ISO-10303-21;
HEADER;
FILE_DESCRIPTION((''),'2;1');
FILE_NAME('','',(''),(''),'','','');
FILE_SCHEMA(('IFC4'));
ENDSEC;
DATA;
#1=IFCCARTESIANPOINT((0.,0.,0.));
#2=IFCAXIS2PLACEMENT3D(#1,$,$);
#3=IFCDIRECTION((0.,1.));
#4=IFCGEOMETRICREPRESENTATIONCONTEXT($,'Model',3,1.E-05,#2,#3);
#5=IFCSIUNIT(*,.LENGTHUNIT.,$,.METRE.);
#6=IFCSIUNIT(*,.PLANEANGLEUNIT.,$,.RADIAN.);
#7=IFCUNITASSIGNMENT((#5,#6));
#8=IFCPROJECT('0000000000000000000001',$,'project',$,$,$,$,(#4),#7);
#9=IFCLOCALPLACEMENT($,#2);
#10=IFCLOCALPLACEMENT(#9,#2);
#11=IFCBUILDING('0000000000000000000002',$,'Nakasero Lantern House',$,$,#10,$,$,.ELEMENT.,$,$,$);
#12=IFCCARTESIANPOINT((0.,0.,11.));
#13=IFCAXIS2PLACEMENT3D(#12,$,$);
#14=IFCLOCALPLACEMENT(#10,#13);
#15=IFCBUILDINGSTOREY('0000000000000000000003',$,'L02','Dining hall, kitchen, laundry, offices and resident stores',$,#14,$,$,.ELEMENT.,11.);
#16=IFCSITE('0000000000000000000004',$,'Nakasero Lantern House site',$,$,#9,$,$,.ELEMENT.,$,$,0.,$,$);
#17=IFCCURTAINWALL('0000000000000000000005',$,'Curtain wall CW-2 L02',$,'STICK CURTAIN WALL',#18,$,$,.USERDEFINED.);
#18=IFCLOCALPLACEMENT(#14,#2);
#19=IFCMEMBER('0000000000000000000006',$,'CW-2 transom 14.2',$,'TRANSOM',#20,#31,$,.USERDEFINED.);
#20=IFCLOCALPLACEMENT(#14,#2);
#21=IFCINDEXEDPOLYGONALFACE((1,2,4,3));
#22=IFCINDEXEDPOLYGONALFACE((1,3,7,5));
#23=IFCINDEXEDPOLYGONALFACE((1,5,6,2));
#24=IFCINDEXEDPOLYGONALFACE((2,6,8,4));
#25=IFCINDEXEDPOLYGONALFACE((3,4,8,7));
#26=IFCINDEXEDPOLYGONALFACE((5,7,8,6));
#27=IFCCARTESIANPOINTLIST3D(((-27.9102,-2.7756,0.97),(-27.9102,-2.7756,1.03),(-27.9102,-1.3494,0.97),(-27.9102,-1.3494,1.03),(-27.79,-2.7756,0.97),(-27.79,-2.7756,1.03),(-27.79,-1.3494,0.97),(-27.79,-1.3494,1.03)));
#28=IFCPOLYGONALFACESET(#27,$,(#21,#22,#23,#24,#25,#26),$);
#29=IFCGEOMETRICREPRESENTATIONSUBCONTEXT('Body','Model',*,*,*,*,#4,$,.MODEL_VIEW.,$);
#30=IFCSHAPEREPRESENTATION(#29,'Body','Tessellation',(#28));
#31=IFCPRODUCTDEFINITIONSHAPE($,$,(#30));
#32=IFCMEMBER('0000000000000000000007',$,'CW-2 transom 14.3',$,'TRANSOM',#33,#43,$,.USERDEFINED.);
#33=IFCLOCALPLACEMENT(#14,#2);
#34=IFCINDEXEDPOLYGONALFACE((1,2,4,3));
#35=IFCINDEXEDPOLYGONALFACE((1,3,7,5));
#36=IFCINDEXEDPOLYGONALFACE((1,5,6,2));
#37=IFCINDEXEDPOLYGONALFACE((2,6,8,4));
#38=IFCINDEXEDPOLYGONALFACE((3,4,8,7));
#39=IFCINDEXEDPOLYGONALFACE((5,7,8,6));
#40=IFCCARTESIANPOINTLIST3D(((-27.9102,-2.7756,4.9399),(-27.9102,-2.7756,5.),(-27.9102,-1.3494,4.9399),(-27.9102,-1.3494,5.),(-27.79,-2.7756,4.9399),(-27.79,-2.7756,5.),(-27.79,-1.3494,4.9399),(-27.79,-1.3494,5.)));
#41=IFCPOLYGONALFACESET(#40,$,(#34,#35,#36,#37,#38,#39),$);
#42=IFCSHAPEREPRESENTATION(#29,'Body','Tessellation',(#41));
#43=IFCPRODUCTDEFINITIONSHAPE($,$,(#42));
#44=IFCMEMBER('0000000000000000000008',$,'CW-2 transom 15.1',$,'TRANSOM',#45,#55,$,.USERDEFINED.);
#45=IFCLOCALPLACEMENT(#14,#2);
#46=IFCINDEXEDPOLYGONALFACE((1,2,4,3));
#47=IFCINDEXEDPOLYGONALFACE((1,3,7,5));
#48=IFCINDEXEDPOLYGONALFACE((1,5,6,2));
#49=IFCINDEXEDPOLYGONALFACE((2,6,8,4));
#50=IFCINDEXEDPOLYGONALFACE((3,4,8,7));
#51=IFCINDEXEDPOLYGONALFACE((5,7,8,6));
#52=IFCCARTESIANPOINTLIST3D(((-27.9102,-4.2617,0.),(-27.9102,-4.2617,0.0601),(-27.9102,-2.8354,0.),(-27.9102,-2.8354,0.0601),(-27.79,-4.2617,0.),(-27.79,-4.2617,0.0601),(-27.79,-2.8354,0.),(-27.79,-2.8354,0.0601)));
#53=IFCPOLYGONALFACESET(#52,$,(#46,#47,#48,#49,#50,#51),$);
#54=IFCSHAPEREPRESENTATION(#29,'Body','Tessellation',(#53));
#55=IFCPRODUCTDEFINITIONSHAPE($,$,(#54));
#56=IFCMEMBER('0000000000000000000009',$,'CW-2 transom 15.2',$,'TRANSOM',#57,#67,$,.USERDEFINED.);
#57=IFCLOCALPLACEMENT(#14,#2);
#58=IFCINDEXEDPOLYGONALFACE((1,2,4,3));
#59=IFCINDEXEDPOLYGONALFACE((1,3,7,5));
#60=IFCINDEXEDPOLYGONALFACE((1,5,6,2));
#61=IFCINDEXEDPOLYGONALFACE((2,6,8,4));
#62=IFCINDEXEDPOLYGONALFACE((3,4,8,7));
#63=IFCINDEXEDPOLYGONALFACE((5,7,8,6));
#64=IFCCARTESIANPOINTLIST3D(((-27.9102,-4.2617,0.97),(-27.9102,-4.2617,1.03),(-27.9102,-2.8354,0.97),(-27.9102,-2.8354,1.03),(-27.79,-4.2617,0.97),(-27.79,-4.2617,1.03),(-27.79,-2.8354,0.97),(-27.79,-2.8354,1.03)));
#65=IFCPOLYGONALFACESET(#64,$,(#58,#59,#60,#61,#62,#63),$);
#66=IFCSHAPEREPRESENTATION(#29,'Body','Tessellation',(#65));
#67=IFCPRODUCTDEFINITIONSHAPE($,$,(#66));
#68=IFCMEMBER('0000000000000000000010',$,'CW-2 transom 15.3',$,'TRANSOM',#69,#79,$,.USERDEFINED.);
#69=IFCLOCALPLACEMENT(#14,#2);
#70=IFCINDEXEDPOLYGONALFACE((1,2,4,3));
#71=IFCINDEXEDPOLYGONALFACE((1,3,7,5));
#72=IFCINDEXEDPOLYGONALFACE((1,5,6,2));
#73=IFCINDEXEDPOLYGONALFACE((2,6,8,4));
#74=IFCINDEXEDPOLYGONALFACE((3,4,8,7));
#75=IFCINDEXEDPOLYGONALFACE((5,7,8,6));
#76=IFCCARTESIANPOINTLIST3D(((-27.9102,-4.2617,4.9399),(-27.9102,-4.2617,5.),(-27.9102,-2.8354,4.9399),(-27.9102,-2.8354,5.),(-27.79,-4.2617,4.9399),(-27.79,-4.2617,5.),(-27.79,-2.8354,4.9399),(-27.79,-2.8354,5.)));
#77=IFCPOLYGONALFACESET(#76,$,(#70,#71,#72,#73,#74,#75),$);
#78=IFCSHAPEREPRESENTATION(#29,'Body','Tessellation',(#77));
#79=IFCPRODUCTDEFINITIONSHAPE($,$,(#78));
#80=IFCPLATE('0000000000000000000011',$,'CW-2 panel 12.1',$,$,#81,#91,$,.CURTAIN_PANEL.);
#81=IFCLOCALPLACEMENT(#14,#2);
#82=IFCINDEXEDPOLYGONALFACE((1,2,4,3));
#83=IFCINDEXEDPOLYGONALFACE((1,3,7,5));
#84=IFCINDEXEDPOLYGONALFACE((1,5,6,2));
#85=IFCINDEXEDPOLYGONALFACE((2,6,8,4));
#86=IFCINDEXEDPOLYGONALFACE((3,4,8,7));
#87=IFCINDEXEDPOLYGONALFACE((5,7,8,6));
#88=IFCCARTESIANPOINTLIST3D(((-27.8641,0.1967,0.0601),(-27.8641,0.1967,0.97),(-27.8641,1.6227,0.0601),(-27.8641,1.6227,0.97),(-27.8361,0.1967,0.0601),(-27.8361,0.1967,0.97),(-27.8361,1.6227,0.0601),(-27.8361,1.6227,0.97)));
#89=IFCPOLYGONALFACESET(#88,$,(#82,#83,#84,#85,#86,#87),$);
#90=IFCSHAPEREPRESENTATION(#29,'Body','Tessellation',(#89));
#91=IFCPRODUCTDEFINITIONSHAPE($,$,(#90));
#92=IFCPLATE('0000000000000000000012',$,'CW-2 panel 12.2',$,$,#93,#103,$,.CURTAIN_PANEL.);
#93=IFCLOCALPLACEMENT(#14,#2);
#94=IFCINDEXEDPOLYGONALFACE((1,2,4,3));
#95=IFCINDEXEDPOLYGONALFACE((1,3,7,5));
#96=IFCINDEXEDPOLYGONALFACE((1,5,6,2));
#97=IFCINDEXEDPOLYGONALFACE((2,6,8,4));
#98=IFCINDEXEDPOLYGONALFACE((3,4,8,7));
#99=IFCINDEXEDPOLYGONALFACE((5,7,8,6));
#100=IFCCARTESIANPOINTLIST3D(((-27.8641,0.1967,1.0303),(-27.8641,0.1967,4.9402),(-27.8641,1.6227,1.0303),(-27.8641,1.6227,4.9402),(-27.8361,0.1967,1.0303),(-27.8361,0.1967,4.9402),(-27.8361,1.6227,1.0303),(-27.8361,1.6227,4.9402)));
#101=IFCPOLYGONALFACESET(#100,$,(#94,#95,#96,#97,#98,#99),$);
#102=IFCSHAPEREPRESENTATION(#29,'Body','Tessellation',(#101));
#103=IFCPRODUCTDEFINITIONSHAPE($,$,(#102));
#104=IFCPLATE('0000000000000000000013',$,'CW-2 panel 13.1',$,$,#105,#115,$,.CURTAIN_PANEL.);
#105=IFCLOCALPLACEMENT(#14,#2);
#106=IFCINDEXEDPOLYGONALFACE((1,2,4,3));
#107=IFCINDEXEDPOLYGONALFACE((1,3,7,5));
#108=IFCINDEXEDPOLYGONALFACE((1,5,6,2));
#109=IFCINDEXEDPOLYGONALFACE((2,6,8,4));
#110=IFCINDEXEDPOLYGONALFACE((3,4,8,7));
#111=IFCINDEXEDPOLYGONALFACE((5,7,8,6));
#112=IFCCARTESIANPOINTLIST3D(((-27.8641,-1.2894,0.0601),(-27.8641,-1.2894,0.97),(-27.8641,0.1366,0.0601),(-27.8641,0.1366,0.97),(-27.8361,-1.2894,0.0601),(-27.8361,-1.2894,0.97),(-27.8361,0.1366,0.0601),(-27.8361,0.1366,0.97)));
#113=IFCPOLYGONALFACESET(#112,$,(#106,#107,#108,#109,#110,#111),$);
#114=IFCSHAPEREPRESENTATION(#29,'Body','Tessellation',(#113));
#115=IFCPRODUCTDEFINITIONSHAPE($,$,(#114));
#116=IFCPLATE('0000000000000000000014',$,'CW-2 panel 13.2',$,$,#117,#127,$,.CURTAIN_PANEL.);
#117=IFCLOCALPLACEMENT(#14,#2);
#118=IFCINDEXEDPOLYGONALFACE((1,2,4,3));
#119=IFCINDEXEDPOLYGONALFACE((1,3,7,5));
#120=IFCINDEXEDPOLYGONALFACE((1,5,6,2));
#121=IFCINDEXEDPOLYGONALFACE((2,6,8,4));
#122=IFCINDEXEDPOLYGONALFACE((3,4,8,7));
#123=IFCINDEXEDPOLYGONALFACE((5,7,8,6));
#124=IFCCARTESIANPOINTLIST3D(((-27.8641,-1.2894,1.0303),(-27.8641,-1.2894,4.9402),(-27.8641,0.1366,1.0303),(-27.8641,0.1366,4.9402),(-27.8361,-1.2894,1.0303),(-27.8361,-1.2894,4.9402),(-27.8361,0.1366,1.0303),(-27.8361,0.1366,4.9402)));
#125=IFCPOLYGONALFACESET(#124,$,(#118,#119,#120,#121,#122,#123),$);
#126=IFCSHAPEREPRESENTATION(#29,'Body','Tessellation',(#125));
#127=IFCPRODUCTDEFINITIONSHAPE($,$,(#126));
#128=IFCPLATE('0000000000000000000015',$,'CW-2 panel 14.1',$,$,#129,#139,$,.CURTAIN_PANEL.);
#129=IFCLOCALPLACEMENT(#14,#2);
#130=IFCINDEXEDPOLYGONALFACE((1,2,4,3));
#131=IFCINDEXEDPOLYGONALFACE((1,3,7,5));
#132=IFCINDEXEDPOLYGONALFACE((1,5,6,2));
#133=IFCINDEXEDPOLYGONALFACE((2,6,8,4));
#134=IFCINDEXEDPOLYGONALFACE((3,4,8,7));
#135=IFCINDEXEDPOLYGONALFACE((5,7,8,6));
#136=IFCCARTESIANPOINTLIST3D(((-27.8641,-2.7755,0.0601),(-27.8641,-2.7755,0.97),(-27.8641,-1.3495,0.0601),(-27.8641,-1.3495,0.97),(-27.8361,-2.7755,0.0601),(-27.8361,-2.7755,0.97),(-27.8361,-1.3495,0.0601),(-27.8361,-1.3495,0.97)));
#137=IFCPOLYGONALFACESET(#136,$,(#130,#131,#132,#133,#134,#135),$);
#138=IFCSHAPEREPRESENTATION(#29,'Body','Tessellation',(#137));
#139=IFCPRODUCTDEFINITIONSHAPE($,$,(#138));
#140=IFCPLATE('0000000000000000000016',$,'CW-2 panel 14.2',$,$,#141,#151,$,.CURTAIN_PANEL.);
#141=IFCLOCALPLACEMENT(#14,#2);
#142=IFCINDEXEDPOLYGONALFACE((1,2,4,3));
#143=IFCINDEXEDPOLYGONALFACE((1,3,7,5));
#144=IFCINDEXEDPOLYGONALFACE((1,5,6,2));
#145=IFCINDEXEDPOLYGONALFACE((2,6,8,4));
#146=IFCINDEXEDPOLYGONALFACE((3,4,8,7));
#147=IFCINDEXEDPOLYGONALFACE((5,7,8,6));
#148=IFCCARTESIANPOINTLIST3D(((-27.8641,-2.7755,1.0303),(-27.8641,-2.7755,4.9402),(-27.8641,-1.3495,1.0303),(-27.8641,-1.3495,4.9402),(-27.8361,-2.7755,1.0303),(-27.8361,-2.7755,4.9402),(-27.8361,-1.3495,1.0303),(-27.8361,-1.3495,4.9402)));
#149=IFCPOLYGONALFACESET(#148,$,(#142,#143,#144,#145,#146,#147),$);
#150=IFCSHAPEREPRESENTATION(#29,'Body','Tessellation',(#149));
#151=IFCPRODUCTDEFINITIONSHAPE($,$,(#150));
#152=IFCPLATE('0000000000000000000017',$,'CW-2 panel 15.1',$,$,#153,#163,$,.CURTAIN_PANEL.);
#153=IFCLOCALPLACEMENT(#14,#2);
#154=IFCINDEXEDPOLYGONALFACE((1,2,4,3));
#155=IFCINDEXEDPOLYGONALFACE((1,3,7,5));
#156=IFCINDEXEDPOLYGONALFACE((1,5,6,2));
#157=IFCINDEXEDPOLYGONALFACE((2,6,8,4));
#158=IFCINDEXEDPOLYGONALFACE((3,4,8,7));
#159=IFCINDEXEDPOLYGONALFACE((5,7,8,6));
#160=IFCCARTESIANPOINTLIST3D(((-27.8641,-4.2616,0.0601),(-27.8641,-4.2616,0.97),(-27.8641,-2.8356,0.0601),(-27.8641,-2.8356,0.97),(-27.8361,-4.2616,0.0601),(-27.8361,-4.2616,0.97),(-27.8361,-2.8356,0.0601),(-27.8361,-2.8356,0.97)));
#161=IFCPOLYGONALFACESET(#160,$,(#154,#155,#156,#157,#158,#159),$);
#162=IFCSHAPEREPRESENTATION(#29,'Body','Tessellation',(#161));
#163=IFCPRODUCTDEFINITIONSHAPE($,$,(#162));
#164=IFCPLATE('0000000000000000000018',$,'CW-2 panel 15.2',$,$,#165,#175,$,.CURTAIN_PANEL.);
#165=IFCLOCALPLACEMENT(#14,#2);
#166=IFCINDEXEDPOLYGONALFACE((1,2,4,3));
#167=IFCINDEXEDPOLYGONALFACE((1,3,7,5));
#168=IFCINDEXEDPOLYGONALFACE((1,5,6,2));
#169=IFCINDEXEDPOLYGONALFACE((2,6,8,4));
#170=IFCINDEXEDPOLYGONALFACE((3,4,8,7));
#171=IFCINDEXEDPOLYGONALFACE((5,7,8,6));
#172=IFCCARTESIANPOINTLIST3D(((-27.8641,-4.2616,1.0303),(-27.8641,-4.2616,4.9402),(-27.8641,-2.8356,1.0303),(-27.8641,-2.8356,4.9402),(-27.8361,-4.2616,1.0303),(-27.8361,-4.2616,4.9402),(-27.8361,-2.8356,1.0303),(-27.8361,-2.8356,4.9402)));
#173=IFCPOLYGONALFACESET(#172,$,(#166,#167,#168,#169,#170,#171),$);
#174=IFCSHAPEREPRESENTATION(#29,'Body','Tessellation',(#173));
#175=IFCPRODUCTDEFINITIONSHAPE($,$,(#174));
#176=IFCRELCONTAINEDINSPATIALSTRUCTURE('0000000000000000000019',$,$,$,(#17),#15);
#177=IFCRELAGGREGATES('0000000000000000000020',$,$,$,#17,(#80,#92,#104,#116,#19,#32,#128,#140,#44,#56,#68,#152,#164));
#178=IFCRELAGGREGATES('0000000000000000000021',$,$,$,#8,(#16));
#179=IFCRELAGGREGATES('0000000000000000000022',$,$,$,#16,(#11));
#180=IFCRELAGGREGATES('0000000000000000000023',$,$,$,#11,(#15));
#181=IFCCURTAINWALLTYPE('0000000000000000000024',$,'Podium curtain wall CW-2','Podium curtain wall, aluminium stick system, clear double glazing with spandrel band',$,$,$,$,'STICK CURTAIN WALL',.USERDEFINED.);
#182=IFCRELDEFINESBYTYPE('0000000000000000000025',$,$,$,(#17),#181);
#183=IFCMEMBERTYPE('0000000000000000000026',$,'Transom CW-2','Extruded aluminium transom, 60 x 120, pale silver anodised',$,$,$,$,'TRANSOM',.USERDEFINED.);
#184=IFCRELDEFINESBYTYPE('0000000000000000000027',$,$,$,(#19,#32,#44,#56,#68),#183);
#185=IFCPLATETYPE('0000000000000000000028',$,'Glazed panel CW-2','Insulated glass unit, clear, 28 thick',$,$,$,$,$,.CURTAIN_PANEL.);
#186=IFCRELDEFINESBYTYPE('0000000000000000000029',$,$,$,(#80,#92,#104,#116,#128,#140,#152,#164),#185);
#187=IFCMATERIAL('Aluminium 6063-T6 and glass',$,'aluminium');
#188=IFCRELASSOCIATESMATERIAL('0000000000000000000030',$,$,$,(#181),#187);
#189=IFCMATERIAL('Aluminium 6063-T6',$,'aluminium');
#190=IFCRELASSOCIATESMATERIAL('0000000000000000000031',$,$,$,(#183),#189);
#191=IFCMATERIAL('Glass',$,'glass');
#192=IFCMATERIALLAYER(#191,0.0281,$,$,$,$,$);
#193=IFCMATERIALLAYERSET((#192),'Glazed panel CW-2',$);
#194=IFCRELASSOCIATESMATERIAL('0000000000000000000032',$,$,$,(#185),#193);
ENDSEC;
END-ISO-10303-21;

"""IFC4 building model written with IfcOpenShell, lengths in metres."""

from ifc_helpers import new_model, si_unit, direction, frame, origin, origin_2d, place, context, subcontext, project, spatial, rectangle, extrude, material, layer, layer_set, material_profile, profile_set, type_object, element, aggregate, save


model = new_model("IFC4")

# Units and contexts
model_context = context("Model", 3, precision=1e-05, world=origin(), true_north=direction((0.0, 1.0)))
body_context = subcontext(model_context, "Body", "Model", "MODEL_VIEW")
ifc_project = project(units=[si_unit("LENGTHUNIT", "METRE"), si_unit("PLANEANGLEUNIT", "RADIAN")], contexts=[model_context])

# Site, building, storey
site_placement = place(None, origin())
site = spatial("IfcSite", under=ifc_project, at=site_placement, Name="Nakasero Lantern House site", CompositionType="ELEMENT", RefElevation=0.0)
building_placement = place(site_placement, origin())
building = spatial("IfcBuilding", under=site, at=building_placement, Name="Nakasero Lantern House", CompositionType="ELEMENT")
storey_placement = place(building_placement, frame((0.0, 0.0, 11.0)))
storey = spatial("IfcBuildingStorey", under=building, at=storey_placement, Name="L02", Description="Dining hall, kitchen, laundry, offices and resident stores", CompositionType="ELEMENT", Elevation=11.0)

# Curtain wall
ifc_material_1 = material(Name="Aluminium 6063-T6 and glass", Category="aluminium")
curtain_wall_type = type_object("IfcCurtainWallType", Name="Podium curtain wall CW-2", Description="Podium curtain wall, aluminium stick system, clear double glazing with spandrel band", ElementType="STICK CURTAIN WALL", PredefinedType="USERDEFINED", material=ifc_material_1)
curtain_wall_placement = place(storey_placement, origin())
curtain_wall = element("IfcCurtainWall", 1, at=curtain_wall_placement, inside=storey, type_object=curtain_wall_type, Name="Curtain wall CW-2 L02", ObjectType="STICK CURTAIN WALL", PredefinedType="USERDEFINED")

# Members
ifc_material_2 = material(Name="Aluminium 6063-T6", Category="aluminium")
ifc_material_profile_1 = material_profile(ifc_material_2, rectangle(XDim=0.0601, YDim=0.1201, at=origin_2d()), Name="CW-2 transom 60x120")
ifc_profile_set_1 = profile_set([ifc_material_profile_1], Name="Aluminium 6063-T6")
member_type_1 = type_object("IfcMemberType", Name="Transom CW-2", Description="Extruded aluminium transom, 60 x 120, pale silver anodised", ElementType="TRANSOM", PredefinedType="USERDEFINED", material=ifc_profile_set_1)
member_1_placement = place(storey_placement, frame((-27.8501, -1.3494, 1.0), z_axis=(0.0, -1.0, 0.0), x_axis=(0.0, 0.0, 1.0)))
member_1 = element("IfcMember", 2, at=member_1_placement, type_object=member_type_1, Name="CW-2 transom 14.2", ObjectType="TRANSOM", PredefinedType="USERDEFINED", context=body_context, shape_type="SweptSolid", body=[
    extrude(rectangle(XDim=0.0601, YDim=0.1201, at=origin_2d()), origin(), (0.0, 0.0, 1.0), 1.4263),
])
member_2_placement = place(storey_placement, frame((-27.8501, -1.3494, 4.97), z_axis=(0.0, -1.0, 0.0), x_axis=(0.0, 0.0, 1.0)))
member_2 = element("IfcMember", 3, at=member_2_placement, type_object=member_type_1, Name="CW-2 transom 14.3", ObjectType="TRANSOM", PredefinedType="USERDEFINED", context=body_context, shape_type="SweptSolid", body=[
    extrude(rectangle(XDim=0.0601, YDim=0.1201, at=origin_2d()), origin(), (0.0, 0.0, 1.0), 1.4263),
])
member_3_placement = place(storey_placement, frame((-27.8501, -2.8354, 0.03), z_axis=(0.0, -1.0, 0.0), x_axis=(0.0, 0.0, 1.0)))
member_3 = element("IfcMember", 4, at=member_3_placement, type_object=member_type_1, Name="CW-2 transom 15.1", ObjectType="TRANSOM", PredefinedType="USERDEFINED", context=body_context, shape_type="SweptSolid", body=[
    extrude(rectangle(XDim=0.0601, YDim=0.1201, at=origin_2d()), origin(), (0.0, 0.0, 1.0), 1.4263),
])
member_4_placement = place(storey_placement, frame((-27.8501, -2.8354, 1.0), z_axis=(0.0, -1.0, 0.0), x_axis=(0.0, 0.0, 1.0)))
member_4 = element("IfcMember", 5, at=member_4_placement, type_object=member_type_1, Name="CW-2 transom 15.2", ObjectType="TRANSOM", PredefinedType="USERDEFINED", context=body_context, shape_type="SweptSolid", body=[
    extrude(rectangle(XDim=0.0601, YDim=0.1201, at=origin_2d()), origin(), (0.0, 0.0, 1.0), 1.4263),
])
member_5_placement = place(storey_placement, frame((-27.8501, -2.8354, 4.97), z_axis=(0.0, -1.0, 0.0), x_axis=(0.0, 0.0, 1.0)))
member_5 = element("IfcMember", 6, at=member_5_placement, type_object=member_type_1, Name="CW-2 transom 15.3", ObjectType="TRANSOM", PredefinedType="USERDEFINED", context=body_context, shape_type="SweptSolid", body=[
    extrude(rectangle(XDim=0.0601, YDim=0.1201, at=origin_2d()), origin(), (0.0, 0.0, 1.0), 1.4263),
])

# Plates
ifc_material_3 = material(Name="Glass", Category="glass")
ifc_layer = layer(ifc_material_3, 0.0281)
ifc_layer_set = layer_set([ifc_layer], Name="Glazed panel CW-2")
plate_type = type_object("IfcPlateType", Name="Glazed panel CW-2", Description="Insulated glass unit, clear, 28 thick", PredefinedType="CURTAIN_PANEL", material=ifc_layer_set)
plate_1_placement = place(storey_placement, frame((-27.8501, 0.9097, 0.0601), z_axis=(0.0, 0.0, 1.0), x_axis=(0.0, -1.0, 0.0)))
plate_1 = element("IfcPlate", 7, at=plate_1_placement, type_object=plate_type, Name="CW-2 panel 12.1", PredefinedType="CURTAIN_PANEL", context=body_context, shape_type="SweptSolid", body=[
    extrude(rectangle(XDim=1.426, YDim=0.0281, at=origin_2d()), origin(), (0.0, 0.0, 1.0), 0.9099),
])
plate_2_placement = place(storey_placement, frame((-27.8501, 0.9097, 1.0303), z_axis=(0.0, 0.0, 1.0), x_axis=(0.0, -1.0, 0.0)))
plate_2 = element("IfcPlate", 8, at=plate_2_placement, type_object=plate_type, Name="CW-2 panel 12.2", PredefinedType="CURTAIN_PANEL", context=body_context, shape_type="SweptSolid", body=[
    extrude(rectangle(XDim=1.426, YDim=0.0281, at=origin_2d()), origin(), (0.0, 0.0, 1.0), 3.9099),
])
plate_3_placement = place(storey_placement, frame((-27.8501, -0.5764, 0.0601), z_axis=(0.0, 0.0, 1.0), x_axis=(0.0, -1.0, 0.0)))
plate_3 = element("IfcPlate", 9, at=plate_3_placement, type_object=plate_type, Name="CW-2 panel 13.1", PredefinedType="CURTAIN_PANEL", context=body_context, shape_type="SweptSolid", body=[
    extrude(rectangle(XDim=1.426, YDim=0.0281, at=origin_2d()), origin(), (0.0, 0.0, 1.0), 0.9099),
])
plate_4_placement = place(storey_placement, frame((-27.8501, -0.5764, 1.0303), z_axis=(0.0, 0.0, 1.0), x_axis=(0.0, -1.0, 0.0)))
plate_4 = element("IfcPlate", 10, at=plate_4_placement, type_object=plate_type, Name="CW-2 panel 13.2", PredefinedType="CURTAIN_PANEL", context=body_context, shape_type="SweptSolid", body=[
    extrude(rectangle(XDim=1.426, YDim=0.0281, at=origin_2d()), origin(), (0.0, 0.0, 1.0), 3.9099),
])
plate_5_placement = place(storey_placement, frame((-27.8501, -2.0625, 0.0601), z_axis=(0.0, 0.0, 1.0), x_axis=(0.0, -1.0, 0.0)))
plate_5 = element("IfcPlate", 11, at=plate_5_placement, type_object=plate_type, Name="CW-2 panel 14.1", PredefinedType="CURTAIN_PANEL", context=body_context, shape_type="SweptSolid", body=[
    extrude(rectangle(XDim=1.426, YDim=0.0281, at=origin_2d()), origin(), (0.0, 0.0, 1.0), 0.9099),
])
plate_6_placement = place(storey_placement, frame((-27.8501, -2.0625, 1.0303), z_axis=(0.0, 0.0, 1.0), x_axis=(0.0, -1.0, 0.0)))
plate_6 = element("IfcPlate", 12, at=plate_6_placement, type_object=plate_type, Name="CW-2 panel 14.2", PredefinedType="CURTAIN_PANEL", context=body_context, shape_type="SweptSolid", body=[
    extrude(rectangle(XDim=1.426, YDim=0.0281, at=origin_2d()), origin(), (0.0, 0.0, 1.0), 3.9099),
])
plate_7_placement = place(storey_placement, frame((-27.8501, -3.5486, 0.0601), z_axis=(0.0, 0.0, 1.0), x_axis=(0.0, -1.0, 0.0)))
plate_7 = element("IfcPlate", 13, at=plate_7_placement, type_object=plate_type, Name="CW-2 panel 15.1", PredefinedType="CURTAIN_PANEL", context=body_context, shape_type="SweptSolid", body=[
    extrude(rectangle(XDim=1.426, YDim=0.0281, at=origin_2d()), origin(), (0.0, 0.0, 1.0), 0.9099),
])
plate_8_placement = place(storey_placement, frame((-27.8501, -3.5486, 1.0303), z_axis=(0.0, 0.0, 1.0), x_axis=(0.0, -1.0, 0.0)))
plate_8 = element("IfcPlate", 14, at=plate_8_placement, type_object=plate_type, Name="CW-2 panel 15.2", PredefinedType="CURTAIN_PANEL", context=body_context, shape_type="SweptSolid", body=[
    extrude(rectangle(XDim=1.426, YDim=0.0281, at=origin_2d()), origin(), (0.0, 0.0, 1.0), 3.9099),
])
aggregate(curtain_wall, [plate_1, plate_2, plate_3, plate_4, member_1, member_2, plate_5, plate_6, member_3, member_4, member_5, plate_7, plate_8])

save(model, "model.ifc")
